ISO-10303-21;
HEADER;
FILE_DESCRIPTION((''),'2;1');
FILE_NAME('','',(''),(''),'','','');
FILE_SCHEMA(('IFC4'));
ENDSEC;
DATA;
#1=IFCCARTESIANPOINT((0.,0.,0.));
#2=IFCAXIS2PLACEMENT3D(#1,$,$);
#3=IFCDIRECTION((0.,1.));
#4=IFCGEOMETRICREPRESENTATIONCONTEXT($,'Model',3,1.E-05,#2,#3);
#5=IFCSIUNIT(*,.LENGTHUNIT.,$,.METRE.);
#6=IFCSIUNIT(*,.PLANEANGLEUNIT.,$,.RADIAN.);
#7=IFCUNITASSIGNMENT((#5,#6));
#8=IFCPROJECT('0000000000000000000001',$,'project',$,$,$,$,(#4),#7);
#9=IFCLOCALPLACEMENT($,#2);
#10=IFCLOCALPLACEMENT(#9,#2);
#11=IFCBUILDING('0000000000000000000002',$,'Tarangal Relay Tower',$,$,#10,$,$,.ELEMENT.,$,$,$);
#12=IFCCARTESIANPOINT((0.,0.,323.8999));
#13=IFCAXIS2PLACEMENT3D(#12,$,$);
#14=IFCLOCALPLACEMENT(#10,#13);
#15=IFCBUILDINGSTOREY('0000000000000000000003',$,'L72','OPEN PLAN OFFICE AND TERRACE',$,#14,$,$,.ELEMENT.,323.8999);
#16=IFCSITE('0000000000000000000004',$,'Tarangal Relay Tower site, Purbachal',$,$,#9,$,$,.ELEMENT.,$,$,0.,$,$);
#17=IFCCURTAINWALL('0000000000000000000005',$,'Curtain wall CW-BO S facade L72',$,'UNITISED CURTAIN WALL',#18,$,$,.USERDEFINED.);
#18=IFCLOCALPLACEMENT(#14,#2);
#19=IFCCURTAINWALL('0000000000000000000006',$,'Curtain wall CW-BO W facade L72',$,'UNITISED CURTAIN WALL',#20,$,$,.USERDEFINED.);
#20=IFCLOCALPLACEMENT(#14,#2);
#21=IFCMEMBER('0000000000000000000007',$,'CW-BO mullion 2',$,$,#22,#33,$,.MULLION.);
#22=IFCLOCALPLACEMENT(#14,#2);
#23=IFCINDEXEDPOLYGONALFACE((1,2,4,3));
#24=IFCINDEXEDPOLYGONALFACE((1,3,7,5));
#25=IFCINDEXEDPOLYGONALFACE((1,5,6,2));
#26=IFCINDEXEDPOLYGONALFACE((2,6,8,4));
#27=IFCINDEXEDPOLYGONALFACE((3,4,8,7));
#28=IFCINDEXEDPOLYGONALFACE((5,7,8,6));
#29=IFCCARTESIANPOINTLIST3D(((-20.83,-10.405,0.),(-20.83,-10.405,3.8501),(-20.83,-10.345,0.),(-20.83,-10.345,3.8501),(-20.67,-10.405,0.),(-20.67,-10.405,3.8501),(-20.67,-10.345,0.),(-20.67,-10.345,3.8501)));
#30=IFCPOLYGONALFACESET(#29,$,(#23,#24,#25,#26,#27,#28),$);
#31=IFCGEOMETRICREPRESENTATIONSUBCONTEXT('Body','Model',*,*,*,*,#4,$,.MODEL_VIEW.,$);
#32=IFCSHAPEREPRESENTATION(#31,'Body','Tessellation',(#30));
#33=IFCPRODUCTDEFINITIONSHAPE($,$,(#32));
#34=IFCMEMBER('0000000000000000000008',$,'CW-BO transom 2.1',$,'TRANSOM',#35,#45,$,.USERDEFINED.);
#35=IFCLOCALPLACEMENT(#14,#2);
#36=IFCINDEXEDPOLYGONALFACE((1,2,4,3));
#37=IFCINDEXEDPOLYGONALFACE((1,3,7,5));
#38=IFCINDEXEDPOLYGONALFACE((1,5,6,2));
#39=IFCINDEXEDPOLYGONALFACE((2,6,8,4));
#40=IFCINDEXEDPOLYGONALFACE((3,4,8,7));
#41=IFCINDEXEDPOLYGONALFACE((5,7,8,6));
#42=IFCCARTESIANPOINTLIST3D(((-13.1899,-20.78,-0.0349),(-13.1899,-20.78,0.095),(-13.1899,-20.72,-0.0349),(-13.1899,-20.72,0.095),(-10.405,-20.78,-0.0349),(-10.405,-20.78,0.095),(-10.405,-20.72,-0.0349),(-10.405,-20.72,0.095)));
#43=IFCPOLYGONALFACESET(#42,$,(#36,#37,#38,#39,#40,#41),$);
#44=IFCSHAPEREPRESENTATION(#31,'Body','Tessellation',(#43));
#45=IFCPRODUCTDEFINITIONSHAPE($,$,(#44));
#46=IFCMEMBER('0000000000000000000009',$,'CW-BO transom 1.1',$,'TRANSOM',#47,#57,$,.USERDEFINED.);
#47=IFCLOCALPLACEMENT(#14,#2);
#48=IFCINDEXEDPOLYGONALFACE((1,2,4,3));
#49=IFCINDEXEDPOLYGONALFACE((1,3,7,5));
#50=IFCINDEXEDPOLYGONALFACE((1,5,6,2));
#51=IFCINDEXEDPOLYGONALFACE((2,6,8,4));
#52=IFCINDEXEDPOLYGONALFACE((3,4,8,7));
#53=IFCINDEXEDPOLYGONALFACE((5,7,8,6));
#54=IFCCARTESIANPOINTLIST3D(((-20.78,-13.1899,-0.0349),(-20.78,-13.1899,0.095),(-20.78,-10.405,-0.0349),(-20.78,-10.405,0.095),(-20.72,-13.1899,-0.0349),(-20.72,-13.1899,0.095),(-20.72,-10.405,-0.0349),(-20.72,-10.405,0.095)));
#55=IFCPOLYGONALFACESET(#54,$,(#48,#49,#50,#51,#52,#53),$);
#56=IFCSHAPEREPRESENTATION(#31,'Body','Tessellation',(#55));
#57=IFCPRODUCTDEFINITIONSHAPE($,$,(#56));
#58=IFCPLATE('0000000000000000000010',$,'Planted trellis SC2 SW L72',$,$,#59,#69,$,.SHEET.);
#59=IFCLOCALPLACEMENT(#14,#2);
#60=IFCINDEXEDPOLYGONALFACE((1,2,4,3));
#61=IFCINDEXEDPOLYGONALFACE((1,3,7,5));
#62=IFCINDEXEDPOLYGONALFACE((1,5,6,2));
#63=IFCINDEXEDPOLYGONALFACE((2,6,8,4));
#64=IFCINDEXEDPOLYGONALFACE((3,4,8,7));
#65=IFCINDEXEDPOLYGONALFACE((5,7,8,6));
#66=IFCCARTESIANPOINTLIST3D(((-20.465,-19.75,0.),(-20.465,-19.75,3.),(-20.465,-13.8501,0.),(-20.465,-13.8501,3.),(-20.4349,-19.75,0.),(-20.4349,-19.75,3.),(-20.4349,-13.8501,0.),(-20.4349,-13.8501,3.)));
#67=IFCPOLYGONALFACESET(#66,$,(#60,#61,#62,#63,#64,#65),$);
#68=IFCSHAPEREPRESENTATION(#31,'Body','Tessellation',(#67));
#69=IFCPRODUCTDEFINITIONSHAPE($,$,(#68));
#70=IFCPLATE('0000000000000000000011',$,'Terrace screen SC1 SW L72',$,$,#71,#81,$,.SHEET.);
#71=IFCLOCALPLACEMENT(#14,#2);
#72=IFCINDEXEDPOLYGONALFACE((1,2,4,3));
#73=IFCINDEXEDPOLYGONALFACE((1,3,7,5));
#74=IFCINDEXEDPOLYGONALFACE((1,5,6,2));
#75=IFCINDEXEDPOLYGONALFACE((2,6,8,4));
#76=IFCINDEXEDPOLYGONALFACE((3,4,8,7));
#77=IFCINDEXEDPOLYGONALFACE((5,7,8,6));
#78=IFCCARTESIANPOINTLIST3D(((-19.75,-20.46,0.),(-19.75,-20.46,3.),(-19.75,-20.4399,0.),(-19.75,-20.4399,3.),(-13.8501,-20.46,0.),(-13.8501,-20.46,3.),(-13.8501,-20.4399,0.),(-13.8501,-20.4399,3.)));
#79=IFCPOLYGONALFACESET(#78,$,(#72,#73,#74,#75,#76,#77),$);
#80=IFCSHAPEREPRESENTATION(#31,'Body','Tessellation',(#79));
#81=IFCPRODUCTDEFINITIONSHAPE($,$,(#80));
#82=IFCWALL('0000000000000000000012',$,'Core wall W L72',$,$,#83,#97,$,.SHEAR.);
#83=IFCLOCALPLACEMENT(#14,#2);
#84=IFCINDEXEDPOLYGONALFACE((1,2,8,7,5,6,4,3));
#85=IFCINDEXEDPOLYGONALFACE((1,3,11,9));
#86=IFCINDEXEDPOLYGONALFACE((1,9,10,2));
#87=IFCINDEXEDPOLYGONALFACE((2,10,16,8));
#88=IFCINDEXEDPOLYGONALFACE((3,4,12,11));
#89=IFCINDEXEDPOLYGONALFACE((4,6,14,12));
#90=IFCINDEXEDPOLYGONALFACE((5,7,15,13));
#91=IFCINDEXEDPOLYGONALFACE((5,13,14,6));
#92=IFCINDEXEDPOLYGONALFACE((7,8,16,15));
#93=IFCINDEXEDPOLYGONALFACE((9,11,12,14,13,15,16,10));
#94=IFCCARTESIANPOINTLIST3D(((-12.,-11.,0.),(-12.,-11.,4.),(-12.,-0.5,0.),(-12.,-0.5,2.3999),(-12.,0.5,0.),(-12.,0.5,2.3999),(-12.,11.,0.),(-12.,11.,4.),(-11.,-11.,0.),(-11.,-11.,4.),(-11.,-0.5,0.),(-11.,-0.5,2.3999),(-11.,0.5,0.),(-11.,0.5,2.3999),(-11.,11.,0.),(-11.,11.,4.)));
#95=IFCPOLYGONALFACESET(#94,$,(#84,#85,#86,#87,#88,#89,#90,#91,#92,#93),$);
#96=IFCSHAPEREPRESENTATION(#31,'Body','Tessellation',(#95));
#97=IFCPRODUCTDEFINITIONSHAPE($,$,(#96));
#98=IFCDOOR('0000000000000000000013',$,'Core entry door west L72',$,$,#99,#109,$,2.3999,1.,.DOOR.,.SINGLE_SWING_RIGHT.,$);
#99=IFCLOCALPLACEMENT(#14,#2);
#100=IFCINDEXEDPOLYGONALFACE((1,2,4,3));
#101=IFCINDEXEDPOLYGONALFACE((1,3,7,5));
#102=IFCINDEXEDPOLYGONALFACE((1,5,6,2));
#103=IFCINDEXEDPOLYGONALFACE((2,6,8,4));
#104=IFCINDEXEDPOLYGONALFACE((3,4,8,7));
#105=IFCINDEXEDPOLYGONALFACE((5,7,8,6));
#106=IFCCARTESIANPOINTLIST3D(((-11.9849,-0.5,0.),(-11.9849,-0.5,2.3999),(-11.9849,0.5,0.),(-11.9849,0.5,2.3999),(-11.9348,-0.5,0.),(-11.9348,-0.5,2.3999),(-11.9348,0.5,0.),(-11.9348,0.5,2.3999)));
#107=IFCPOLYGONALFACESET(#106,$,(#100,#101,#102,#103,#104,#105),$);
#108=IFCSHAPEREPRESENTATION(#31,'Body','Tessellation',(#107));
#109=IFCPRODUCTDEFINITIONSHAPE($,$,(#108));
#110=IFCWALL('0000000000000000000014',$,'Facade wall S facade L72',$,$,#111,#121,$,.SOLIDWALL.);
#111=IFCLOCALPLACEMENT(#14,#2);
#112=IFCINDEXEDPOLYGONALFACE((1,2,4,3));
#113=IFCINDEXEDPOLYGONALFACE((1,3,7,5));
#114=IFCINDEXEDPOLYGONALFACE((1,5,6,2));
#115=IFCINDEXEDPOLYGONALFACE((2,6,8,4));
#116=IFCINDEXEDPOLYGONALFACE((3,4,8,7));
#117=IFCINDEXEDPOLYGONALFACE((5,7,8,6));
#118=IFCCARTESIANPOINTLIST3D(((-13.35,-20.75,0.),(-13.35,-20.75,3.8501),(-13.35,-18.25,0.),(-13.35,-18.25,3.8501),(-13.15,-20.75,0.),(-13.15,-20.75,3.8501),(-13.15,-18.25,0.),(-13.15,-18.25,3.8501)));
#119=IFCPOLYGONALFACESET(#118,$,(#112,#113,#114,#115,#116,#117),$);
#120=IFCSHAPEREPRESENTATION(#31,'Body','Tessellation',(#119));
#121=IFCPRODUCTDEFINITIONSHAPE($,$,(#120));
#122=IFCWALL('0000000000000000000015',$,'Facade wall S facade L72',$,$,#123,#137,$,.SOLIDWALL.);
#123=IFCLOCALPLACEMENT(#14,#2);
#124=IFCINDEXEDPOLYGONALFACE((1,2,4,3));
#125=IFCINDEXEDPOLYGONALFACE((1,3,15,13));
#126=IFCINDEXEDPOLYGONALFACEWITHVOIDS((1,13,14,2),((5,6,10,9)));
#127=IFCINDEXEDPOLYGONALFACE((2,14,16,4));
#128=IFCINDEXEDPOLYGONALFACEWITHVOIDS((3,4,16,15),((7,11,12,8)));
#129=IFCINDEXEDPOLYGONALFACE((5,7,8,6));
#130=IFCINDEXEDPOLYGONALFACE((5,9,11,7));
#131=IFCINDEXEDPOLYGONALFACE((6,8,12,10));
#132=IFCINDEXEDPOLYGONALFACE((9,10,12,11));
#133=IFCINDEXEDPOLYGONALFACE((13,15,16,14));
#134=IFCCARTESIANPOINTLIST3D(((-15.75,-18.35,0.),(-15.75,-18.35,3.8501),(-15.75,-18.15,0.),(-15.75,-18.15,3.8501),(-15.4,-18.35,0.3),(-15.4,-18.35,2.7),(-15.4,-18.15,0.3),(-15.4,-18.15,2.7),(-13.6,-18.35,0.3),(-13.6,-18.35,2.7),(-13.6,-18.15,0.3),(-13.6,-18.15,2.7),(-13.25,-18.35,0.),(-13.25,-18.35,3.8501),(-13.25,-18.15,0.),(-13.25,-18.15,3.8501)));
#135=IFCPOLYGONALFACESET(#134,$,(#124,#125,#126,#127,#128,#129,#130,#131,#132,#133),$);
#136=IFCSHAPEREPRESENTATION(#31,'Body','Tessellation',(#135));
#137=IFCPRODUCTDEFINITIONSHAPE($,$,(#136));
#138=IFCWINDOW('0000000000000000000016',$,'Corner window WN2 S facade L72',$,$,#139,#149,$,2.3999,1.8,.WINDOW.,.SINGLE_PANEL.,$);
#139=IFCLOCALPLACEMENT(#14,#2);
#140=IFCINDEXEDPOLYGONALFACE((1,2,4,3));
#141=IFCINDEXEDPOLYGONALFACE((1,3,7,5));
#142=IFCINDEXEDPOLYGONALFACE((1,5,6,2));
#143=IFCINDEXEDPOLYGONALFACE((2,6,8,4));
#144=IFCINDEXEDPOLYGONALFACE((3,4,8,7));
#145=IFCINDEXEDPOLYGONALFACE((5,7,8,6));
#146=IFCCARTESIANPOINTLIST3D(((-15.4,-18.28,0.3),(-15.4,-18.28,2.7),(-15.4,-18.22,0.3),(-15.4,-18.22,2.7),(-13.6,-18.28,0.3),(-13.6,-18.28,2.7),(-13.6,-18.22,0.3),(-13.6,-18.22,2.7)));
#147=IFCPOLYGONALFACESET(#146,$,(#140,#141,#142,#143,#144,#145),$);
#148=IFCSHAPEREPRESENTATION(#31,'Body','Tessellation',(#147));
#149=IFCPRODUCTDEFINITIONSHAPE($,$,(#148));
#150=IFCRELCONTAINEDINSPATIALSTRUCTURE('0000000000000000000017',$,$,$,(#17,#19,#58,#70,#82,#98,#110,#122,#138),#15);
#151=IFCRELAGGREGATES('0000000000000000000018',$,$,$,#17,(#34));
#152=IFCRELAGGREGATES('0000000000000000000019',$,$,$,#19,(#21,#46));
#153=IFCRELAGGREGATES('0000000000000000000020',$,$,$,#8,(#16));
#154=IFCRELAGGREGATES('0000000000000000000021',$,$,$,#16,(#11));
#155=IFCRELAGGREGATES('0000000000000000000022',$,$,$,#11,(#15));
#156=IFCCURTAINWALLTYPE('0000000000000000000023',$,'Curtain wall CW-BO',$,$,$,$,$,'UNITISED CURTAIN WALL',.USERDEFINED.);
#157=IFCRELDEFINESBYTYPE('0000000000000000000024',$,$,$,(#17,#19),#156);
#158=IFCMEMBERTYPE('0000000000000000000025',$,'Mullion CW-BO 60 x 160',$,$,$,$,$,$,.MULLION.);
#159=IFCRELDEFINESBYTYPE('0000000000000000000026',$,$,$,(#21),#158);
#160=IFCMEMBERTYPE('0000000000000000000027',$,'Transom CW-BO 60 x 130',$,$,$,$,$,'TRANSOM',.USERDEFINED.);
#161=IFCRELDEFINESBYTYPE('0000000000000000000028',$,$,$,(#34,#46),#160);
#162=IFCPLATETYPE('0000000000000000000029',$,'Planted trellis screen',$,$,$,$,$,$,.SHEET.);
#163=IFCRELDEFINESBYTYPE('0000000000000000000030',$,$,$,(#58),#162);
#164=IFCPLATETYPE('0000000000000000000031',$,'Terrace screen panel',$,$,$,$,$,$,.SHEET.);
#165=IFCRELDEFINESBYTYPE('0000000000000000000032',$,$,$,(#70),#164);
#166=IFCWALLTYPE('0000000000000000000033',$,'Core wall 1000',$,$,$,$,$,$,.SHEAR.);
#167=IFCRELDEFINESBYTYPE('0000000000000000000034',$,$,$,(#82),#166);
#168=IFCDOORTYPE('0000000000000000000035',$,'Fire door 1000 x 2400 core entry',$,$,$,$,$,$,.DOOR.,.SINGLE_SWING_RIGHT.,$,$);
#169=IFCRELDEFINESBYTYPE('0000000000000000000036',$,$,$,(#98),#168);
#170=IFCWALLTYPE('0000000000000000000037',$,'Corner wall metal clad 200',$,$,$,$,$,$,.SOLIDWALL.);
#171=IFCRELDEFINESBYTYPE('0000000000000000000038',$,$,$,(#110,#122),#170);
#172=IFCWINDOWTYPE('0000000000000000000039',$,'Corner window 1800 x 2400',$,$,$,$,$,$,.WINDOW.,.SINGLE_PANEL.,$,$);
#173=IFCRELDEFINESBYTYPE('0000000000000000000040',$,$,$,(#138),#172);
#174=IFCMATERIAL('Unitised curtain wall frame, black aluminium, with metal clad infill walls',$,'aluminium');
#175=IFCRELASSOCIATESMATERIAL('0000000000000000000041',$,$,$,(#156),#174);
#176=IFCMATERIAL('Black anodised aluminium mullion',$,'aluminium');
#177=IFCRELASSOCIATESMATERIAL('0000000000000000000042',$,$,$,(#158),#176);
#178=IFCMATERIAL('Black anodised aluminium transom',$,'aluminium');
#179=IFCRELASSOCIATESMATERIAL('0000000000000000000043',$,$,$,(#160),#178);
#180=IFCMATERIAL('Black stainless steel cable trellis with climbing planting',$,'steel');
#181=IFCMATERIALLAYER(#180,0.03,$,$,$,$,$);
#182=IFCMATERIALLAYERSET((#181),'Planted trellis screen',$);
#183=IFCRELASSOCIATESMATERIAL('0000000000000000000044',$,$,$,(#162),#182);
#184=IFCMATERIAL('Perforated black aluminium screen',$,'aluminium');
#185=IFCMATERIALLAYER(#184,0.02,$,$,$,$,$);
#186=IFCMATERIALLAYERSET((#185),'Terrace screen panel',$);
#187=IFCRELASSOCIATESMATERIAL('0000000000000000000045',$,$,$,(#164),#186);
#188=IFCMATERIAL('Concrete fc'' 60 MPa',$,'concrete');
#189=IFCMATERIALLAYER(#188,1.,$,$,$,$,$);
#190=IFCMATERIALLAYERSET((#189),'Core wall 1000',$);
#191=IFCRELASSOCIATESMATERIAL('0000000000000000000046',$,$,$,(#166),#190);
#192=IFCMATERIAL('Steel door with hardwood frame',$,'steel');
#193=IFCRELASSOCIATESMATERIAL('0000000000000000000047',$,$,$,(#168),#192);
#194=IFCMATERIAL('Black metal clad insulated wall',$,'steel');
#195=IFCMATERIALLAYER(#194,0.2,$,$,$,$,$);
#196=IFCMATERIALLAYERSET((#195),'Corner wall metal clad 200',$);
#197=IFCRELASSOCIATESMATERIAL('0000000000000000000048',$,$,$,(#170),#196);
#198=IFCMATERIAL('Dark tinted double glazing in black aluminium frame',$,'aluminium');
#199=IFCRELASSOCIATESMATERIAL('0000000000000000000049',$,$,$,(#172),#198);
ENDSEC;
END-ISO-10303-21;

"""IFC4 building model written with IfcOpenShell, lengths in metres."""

from ifc_helpers import new_model, si_unit, direction, frame, frame_2d, origin, origin_2d, place, context, subcontext, project, spatial, rectangle, extrude, material, layer, layer_set, material_profile, profile_set, type_object, element, fill, aggregate, save


model = new_model("IFC4")

# Units and contexts
model_context = context("Model", 3, precision=1e-05, world=origin(), true_north=direction((0.0, 1.0)))
body_context = subcontext(model_context, "Body", "Model", "MODEL_VIEW")
ifc_project = project(units=[si_unit("LENGTHUNIT", "METRE"), si_unit("PLANEANGLEUNIT", "RADIAN")], contexts=[model_context])

# Site, building, storey
site_placement = place(None, origin())
site = spatial("IfcSite", under=ifc_project, at=site_placement, Name="Tarangal Relay Tower site, Purbachal", CompositionType="ELEMENT", RefElevation=0.0)
building_placement = place(site_placement, origin())
building = spatial("IfcBuilding", under=site, at=building_placement, Name="Tarangal Relay Tower", CompositionType="ELEMENT")
storey_placement = place(building_placement, frame((0.0, 0.0, 323.8999)))
storey = spatial("IfcBuildingStorey", under=building, at=storey_placement, Name="L72", Description="OPEN PLAN OFFICE AND TERRACE", CompositionType="ELEMENT", Elevation=323.8999)

# Curtain wall
ifc_material_1 = material(Name="Unitised curtain wall frame, black aluminium, with metal clad infill walls", Category="aluminium")
curtain_wall_type = type_object("IfcCurtainWallType", Name="Curtain wall CW-BO", ElementType="UNITISED CURTAIN WALL", PredefinedType="USERDEFINED", material=ifc_material_1)
curtain_wall_1_placement = place(storey_placement, origin())
curtain_wall_1 = element("IfcCurtainWall", 1, at=curtain_wall_1_placement, inside=storey, type_object=curtain_wall_type, Name="Curtain wall CW-BO S facade L72", ObjectType="UNITISED CURTAIN WALL", PredefinedType="USERDEFINED")
ifc_material_2 = material(Name="Black anodised aluminium mullion", Category="aluminium")
ifc_material_profile_1 = material_profile(ifc_material_2, rectangle(XDim=0.1599, YDim=0.0601, at=origin_2d()), Name="CW-BOM 60X160")
ifc_profile_set_1 = profile_set([ifc_material_profile_1], Name="Black anodised aluminium mullion")
member_type_1 = type_object("IfcMemberType", Name="Mullion CW-BO 60 x 160", PredefinedType="MULLION", material=ifc_profile_set_1)

# Curtain wall, member
curtain_wall_2_placement = place(storey_placement, origin())
curtain_wall_2 = element("IfcCurtainWall", 2, at=curtain_wall_2_placement, inside=storey, type_object=curtain_wall_type, Name="Curtain wall CW-BO W facade L72", ObjectType="UNITISED CURTAIN WALL", PredefinedType="USERDEFINED")
member_1_placement = place(storey_placement, frame((-20.75, -10.375, 0.0), z_axis=(0.0, 0.0, 1.0), x_axis=(-1.0, 0.0, 0.0)))
member_1 = element("IfcMember", 3, at=member_1_placement, type_object=member_type_1, Name="CW-BO mullion 2", PredefinedType="MULLION", context=body_context, shape_type="SweptSolid", body=[
    extrude(rectangle(XDim=0.1599, YDim=0.0601, at=origin_2d()), origin(), (0.0, 0.0, 1.0), 3.8501),
])

# Members
ifc_material_3 = material(Name="Black anodised aluminium transom", Category="aluminium")
ifc_material_profile_2 = material_profile(ifc_material_3, rectangle(XDim=0.0601, YDim=0.1299, at=origin_2d()), Name="CW-BOT 60X130")
ifc_profile_set_2 = profile_set([ifc_material_profile_2], Name="Black anodised aluminium transom")
member_type_2 = type_object("IfcMemberType", Name="Transom CW-BO 60 x 130", ElementType="TRANSOM", PredefinedType="USERDEFINED", material=ifc_profile_set_2)
member_2_placement = place(storey_placement, frame((-10.405, -20.75, 0.03), z_axis=(-1.0, 0.0, 0.0), x_axis=(0.0, -1.0, 0.0)))
member_2 = element("IfcMember", 4, at=member_2_placement, type_object=member_type_2, Name="CW-BO transom 2.1", ObjectType="TRANSOM", PredefinedType="USERDEFINED", context=body_context, shape_type="SweptSolid", body=[
    extrude(rectangle(XDim=0.0601, YDim=0.1299, at=origin_2d()), origin(), (0.0, 0.0, 1.0), 2.7849),
])
aggregate(curtain_wall_1, [member_2])
member_3_placement = place(storey_placement, frame((-20.75, -13.1899, 0.03), z_axis=(0.0, 1.0, 0.0), x_axis=(-1.0, 0.0, 0.0)))
member_3 = element("IfcMember", 5, at=member_3_placement, type_object=member_type_2, Name="CW-BO transom 1.1", ObjectType="TRANSOM", PredefinedType="USERDEFINED", context=body_context, shape_type="SweptSolid", body=[
    extrude(rectangle(XDim=0.0601, YDim=0.1299, at=origin_2d()), origin(), (0.0, 0.0, 1.0), 2.7849),
])
aggregate(curtain_wall_2, [member_1, member_3])

# Plates
ifc_material_4 = material(Name="Black stainless steel cable trellis with climbing planting", Category="steel")
ifc_layer_1 = layer(ifc_material_4, 0.03)
ifc_layer_set_1 = layer_set([ifc_layer_1], Name="Planted trellis screen")
plate_type_1 = type_object("IfcPlateType", Name="Planted trellis screen", PredefinedType="SHEET", material=ifc_layer_set_1)
plate_1_placement = place(storey_placement, frame((-20.45, -16.8, 0.0), z_axis=(0.0, 0.0, 1.0), x_axis=(0.0, 1.0, 0.0)))
element("IfcPlate", 6, at=plate_1_placement, inside=storey, type_object=plate_type_1, Name="Planted trellis SC2 SW L72", PredefinedType="SHEET", context=body_context, shape_type="SweptSolid", body=[
    extrude(rectangle(XDim=5.8999, YDim=0.03, at=origin_2d()), origin(), (0.0, 0.0, 1.0), 3.0),
])
ifc_material_5 = material(Name="Perforated black aluminium screen", Category="aluminium")
ifc_layer_2 = layer(ifc_material_5, 0.02)
ifc_layer_set_2 = layer_set([ifc_layer_2], Name="Terrace screen panel")
plate_type_2 = type_object("IfcPlateType", Name="Terrace screen panel", PredefinedType="SHEET", material=ifc_layer_set_2)
plate_2_placement = place(storey_placement, frame((-16.8, -20.45, 0.0), z_axis=(0.0, 0.0, 1.0), x_axis=(-1.0, 0.0, 0.0)))
element("IfcPlate", 7, at=plate_2_placement, inside=storey, type_object=plate_type_2, Name="Terrace screen SC1 SW L72", PredefinedType="SHEET", context=body_context, shape_type="SweptSolid", body=[
    extrude(rectangle(XDim=5.8999, YDim=0.02, at=origin_2d()), origin(), (0.0, 0.0, 1.0), 3.0),
])

# Wall, opening, door
ifc_material_6 = material(Name="Concrete fc' 60 MPa", Category="concrete")
ifc_layer_3 = layer(ifc_material_6, 1.0)
ifc_layer_set_3 = layer_set([ifc_layer_3], Name="Core wall 1000")
wall_type_1 = type_object("IfcWallType", Name="Core wall 1000", PredefinedType="SHEAR", material=ifc_layer_set_3)
wall_1_placement = place(storey_placement, frame((-11.5, -11.0, 0.0), z_axis=(0.0, 0.0, 1.0), x_axis=(0.0, 1.0, 0.0)))
wall_1 = element("IfcWall", 8, at=wall_1_placement, inside=storey, type_object=wall_type_1, Name="Core wall W L72", PredefinedType="SHEAR", context=body_context, shape_type="SweptSolid", body=[
    extrude(rectangle(XDim=22.0, YDim=1.0, at=frame_2d((11.0, 0.0))), origin(), (0.0, 0.0, 1.0), 4.0),
])
opening_1_placement = place(wall_1_placement, frame((10.5, 0.0, 0.0)))
opening_1 = element("IfcOpeningElement", 9, at=opening_1_placement, cuts=wall_1, PredefinedType="OPENING", context=body_context, shape_type="SweptSolid", body=[
    extrude(rectangle(XDim=1.0, YDim=2.3999, at=frame_2d((0.5, 1.2))), frame((0.0, 0.51, 0.0), z_axis=(0.0, -1.0, 0.0), x_axis=(1.0, 0.0, 0.0)), (0.0, 0.0, 1.0), 1.02),
])
ifc_material_7 = material(Name="Steel door with hardwood frame", Category="steel")
door_type_1 = type_object("IfcDoorType", Name="Fire door 1000 x 2400 core entry", OperationType="SINGLE_SWING_RIGHT", PredefinedType="DOOR", material=ifc_material_7)
door_1_placement = place(opening_1_placement, origin())
door_1 = element("IfcDoor", 10, at=door_1_placement, inside=storey, type_object=door_type_1, Name="Core entry door west L72", OperationType="SINGLE_SWING_RIGHT", OverallHeight=2.3999, OverallWidth=1.0, PredefinedType="DOOR", context=body_context, shape_type="SweptSolid", body=[
    extrude(rectangle(XDim=1.0, YDim=2.3999, at=frame_2d((0.5, 1.2))), frame((0.0, 0.4849, 0.0), z_axis=(0.0, -1.0, 0.0), x_axis=(1.0, 0.0, 0.0)), (0.0, 0.0, 1.0), 0.05),
])
fill(opening_1, door_1)

# Wall
ifc_material_8 = material(Name="Black metal clad insulated wall", Category="steel")
ifc_layer_4 = layer(ifc_material_8, 0.2)
ifc_layer_set_4 = layer_set([ifc_layer_4], Name="Corner wall metal clad 200")
wall_type_2 = type_object("IfcWallType", Name="Corner wall metal clad 200", PredefinedType="SOLIDWALL", material=ifc_layer_set_4)
wall_2_placement = place(storey_placement, frame((-13.25, -20.75, 0.0), z_axis=(0.0, 0.0, 1.0), x_axis=(0.0, 1.0, 0.0)))
element("IfcWall", 11, at=wall_2_placement, inside=storey, type_object=wall_type_2, Name="Facade wall S facade L72", PredefinedType="SOLIDWALL", context=body_context, shape_type="SweptSolid", body=[
    extrude(rectangle(XDim=2.5, YDim=0.2, at=frame_2d((1.25, 0.0))), origin(), (0.0, 0.0, 1.0), 3.8501),
])

# Wall, opening, window
wall_3_placement = place(storey_placement, frame((-13.25, -18.25, 0.0), z_axis=(0.0, 0.0, 1.0), x_axis=(-1.0, 0.0, 0.0)))
wall_3 = element("IfcWall", 12, at=wall_3_placement, inside=storey, type_object=wall_type_2, Name="Facade wall S facade L72", PredefinedType="SOLIDWALL", context=body_context, shape_type="SweptSolid", body=[
    extrude(rectangle(XDim=2.5, YDim=0.2, at=frame_2d((1.25, 0.0))), origin(), (0.0, 0.0, 1.0), 3.8501),
])
opening_2_placement = place(wall_3_placement, frame((0.3501, 0.0, 0.3)))
opening_2 = element("IfcOpeningElement", 13, at=opening_2_placement, cuts=wall_3, PredefinedType="OPENING", context=body_context, shape_type="SweptSolid", body=[
    extrude(rectangle(XDim=1.8, YDim=2.3999, at=frame_2d((0.8999, 1.2))), frame((0.0, 0.1099, 0.0), z_axis=(0.0, -1.0, 0.0), x_axis=(1.0, 0.0, 0.0)), (0.0, 0.0, 1.0), 0.22),
])
ifc_material_9 = material(Name="Dark tinted double glazing in black aluminium frame", Category="aluminium")
window_type = type_object("IfcWindowType", Name="Corner window 1800 x 2400", PartitioningType="SINGLE_PANEL", PredefinedType="WINDOW", material=ifc_material_9)
window_1_placement = place(opening_2_placement, origin())
window_1 = element("IfcWindow", 14, at=window_1_placement, inside=storey, type_object=window_type, Name="Corner window WN2 S facade L72", OverallHeight=2.3999, OverallWidth=1.8, PartitioningType="SINGLE_PANEL", PredefinedType="WINDOW", context=body_context, shape_type="SweptSolid", body=[
    extrude(rectangle(XDim=1.8, YDim=2.3999, at=frame_2d((0.8999, 1.2))), frame((0.0, 0.03, 0.0), z_axis=(0.0, -1.0, 0.0), x_axis=(1.0, 0.0, 0.0)), (0.0, 0.0, 1.0), 0.0601),
])
fill(opening_2, window_1)

save(model, "model.ifc")
